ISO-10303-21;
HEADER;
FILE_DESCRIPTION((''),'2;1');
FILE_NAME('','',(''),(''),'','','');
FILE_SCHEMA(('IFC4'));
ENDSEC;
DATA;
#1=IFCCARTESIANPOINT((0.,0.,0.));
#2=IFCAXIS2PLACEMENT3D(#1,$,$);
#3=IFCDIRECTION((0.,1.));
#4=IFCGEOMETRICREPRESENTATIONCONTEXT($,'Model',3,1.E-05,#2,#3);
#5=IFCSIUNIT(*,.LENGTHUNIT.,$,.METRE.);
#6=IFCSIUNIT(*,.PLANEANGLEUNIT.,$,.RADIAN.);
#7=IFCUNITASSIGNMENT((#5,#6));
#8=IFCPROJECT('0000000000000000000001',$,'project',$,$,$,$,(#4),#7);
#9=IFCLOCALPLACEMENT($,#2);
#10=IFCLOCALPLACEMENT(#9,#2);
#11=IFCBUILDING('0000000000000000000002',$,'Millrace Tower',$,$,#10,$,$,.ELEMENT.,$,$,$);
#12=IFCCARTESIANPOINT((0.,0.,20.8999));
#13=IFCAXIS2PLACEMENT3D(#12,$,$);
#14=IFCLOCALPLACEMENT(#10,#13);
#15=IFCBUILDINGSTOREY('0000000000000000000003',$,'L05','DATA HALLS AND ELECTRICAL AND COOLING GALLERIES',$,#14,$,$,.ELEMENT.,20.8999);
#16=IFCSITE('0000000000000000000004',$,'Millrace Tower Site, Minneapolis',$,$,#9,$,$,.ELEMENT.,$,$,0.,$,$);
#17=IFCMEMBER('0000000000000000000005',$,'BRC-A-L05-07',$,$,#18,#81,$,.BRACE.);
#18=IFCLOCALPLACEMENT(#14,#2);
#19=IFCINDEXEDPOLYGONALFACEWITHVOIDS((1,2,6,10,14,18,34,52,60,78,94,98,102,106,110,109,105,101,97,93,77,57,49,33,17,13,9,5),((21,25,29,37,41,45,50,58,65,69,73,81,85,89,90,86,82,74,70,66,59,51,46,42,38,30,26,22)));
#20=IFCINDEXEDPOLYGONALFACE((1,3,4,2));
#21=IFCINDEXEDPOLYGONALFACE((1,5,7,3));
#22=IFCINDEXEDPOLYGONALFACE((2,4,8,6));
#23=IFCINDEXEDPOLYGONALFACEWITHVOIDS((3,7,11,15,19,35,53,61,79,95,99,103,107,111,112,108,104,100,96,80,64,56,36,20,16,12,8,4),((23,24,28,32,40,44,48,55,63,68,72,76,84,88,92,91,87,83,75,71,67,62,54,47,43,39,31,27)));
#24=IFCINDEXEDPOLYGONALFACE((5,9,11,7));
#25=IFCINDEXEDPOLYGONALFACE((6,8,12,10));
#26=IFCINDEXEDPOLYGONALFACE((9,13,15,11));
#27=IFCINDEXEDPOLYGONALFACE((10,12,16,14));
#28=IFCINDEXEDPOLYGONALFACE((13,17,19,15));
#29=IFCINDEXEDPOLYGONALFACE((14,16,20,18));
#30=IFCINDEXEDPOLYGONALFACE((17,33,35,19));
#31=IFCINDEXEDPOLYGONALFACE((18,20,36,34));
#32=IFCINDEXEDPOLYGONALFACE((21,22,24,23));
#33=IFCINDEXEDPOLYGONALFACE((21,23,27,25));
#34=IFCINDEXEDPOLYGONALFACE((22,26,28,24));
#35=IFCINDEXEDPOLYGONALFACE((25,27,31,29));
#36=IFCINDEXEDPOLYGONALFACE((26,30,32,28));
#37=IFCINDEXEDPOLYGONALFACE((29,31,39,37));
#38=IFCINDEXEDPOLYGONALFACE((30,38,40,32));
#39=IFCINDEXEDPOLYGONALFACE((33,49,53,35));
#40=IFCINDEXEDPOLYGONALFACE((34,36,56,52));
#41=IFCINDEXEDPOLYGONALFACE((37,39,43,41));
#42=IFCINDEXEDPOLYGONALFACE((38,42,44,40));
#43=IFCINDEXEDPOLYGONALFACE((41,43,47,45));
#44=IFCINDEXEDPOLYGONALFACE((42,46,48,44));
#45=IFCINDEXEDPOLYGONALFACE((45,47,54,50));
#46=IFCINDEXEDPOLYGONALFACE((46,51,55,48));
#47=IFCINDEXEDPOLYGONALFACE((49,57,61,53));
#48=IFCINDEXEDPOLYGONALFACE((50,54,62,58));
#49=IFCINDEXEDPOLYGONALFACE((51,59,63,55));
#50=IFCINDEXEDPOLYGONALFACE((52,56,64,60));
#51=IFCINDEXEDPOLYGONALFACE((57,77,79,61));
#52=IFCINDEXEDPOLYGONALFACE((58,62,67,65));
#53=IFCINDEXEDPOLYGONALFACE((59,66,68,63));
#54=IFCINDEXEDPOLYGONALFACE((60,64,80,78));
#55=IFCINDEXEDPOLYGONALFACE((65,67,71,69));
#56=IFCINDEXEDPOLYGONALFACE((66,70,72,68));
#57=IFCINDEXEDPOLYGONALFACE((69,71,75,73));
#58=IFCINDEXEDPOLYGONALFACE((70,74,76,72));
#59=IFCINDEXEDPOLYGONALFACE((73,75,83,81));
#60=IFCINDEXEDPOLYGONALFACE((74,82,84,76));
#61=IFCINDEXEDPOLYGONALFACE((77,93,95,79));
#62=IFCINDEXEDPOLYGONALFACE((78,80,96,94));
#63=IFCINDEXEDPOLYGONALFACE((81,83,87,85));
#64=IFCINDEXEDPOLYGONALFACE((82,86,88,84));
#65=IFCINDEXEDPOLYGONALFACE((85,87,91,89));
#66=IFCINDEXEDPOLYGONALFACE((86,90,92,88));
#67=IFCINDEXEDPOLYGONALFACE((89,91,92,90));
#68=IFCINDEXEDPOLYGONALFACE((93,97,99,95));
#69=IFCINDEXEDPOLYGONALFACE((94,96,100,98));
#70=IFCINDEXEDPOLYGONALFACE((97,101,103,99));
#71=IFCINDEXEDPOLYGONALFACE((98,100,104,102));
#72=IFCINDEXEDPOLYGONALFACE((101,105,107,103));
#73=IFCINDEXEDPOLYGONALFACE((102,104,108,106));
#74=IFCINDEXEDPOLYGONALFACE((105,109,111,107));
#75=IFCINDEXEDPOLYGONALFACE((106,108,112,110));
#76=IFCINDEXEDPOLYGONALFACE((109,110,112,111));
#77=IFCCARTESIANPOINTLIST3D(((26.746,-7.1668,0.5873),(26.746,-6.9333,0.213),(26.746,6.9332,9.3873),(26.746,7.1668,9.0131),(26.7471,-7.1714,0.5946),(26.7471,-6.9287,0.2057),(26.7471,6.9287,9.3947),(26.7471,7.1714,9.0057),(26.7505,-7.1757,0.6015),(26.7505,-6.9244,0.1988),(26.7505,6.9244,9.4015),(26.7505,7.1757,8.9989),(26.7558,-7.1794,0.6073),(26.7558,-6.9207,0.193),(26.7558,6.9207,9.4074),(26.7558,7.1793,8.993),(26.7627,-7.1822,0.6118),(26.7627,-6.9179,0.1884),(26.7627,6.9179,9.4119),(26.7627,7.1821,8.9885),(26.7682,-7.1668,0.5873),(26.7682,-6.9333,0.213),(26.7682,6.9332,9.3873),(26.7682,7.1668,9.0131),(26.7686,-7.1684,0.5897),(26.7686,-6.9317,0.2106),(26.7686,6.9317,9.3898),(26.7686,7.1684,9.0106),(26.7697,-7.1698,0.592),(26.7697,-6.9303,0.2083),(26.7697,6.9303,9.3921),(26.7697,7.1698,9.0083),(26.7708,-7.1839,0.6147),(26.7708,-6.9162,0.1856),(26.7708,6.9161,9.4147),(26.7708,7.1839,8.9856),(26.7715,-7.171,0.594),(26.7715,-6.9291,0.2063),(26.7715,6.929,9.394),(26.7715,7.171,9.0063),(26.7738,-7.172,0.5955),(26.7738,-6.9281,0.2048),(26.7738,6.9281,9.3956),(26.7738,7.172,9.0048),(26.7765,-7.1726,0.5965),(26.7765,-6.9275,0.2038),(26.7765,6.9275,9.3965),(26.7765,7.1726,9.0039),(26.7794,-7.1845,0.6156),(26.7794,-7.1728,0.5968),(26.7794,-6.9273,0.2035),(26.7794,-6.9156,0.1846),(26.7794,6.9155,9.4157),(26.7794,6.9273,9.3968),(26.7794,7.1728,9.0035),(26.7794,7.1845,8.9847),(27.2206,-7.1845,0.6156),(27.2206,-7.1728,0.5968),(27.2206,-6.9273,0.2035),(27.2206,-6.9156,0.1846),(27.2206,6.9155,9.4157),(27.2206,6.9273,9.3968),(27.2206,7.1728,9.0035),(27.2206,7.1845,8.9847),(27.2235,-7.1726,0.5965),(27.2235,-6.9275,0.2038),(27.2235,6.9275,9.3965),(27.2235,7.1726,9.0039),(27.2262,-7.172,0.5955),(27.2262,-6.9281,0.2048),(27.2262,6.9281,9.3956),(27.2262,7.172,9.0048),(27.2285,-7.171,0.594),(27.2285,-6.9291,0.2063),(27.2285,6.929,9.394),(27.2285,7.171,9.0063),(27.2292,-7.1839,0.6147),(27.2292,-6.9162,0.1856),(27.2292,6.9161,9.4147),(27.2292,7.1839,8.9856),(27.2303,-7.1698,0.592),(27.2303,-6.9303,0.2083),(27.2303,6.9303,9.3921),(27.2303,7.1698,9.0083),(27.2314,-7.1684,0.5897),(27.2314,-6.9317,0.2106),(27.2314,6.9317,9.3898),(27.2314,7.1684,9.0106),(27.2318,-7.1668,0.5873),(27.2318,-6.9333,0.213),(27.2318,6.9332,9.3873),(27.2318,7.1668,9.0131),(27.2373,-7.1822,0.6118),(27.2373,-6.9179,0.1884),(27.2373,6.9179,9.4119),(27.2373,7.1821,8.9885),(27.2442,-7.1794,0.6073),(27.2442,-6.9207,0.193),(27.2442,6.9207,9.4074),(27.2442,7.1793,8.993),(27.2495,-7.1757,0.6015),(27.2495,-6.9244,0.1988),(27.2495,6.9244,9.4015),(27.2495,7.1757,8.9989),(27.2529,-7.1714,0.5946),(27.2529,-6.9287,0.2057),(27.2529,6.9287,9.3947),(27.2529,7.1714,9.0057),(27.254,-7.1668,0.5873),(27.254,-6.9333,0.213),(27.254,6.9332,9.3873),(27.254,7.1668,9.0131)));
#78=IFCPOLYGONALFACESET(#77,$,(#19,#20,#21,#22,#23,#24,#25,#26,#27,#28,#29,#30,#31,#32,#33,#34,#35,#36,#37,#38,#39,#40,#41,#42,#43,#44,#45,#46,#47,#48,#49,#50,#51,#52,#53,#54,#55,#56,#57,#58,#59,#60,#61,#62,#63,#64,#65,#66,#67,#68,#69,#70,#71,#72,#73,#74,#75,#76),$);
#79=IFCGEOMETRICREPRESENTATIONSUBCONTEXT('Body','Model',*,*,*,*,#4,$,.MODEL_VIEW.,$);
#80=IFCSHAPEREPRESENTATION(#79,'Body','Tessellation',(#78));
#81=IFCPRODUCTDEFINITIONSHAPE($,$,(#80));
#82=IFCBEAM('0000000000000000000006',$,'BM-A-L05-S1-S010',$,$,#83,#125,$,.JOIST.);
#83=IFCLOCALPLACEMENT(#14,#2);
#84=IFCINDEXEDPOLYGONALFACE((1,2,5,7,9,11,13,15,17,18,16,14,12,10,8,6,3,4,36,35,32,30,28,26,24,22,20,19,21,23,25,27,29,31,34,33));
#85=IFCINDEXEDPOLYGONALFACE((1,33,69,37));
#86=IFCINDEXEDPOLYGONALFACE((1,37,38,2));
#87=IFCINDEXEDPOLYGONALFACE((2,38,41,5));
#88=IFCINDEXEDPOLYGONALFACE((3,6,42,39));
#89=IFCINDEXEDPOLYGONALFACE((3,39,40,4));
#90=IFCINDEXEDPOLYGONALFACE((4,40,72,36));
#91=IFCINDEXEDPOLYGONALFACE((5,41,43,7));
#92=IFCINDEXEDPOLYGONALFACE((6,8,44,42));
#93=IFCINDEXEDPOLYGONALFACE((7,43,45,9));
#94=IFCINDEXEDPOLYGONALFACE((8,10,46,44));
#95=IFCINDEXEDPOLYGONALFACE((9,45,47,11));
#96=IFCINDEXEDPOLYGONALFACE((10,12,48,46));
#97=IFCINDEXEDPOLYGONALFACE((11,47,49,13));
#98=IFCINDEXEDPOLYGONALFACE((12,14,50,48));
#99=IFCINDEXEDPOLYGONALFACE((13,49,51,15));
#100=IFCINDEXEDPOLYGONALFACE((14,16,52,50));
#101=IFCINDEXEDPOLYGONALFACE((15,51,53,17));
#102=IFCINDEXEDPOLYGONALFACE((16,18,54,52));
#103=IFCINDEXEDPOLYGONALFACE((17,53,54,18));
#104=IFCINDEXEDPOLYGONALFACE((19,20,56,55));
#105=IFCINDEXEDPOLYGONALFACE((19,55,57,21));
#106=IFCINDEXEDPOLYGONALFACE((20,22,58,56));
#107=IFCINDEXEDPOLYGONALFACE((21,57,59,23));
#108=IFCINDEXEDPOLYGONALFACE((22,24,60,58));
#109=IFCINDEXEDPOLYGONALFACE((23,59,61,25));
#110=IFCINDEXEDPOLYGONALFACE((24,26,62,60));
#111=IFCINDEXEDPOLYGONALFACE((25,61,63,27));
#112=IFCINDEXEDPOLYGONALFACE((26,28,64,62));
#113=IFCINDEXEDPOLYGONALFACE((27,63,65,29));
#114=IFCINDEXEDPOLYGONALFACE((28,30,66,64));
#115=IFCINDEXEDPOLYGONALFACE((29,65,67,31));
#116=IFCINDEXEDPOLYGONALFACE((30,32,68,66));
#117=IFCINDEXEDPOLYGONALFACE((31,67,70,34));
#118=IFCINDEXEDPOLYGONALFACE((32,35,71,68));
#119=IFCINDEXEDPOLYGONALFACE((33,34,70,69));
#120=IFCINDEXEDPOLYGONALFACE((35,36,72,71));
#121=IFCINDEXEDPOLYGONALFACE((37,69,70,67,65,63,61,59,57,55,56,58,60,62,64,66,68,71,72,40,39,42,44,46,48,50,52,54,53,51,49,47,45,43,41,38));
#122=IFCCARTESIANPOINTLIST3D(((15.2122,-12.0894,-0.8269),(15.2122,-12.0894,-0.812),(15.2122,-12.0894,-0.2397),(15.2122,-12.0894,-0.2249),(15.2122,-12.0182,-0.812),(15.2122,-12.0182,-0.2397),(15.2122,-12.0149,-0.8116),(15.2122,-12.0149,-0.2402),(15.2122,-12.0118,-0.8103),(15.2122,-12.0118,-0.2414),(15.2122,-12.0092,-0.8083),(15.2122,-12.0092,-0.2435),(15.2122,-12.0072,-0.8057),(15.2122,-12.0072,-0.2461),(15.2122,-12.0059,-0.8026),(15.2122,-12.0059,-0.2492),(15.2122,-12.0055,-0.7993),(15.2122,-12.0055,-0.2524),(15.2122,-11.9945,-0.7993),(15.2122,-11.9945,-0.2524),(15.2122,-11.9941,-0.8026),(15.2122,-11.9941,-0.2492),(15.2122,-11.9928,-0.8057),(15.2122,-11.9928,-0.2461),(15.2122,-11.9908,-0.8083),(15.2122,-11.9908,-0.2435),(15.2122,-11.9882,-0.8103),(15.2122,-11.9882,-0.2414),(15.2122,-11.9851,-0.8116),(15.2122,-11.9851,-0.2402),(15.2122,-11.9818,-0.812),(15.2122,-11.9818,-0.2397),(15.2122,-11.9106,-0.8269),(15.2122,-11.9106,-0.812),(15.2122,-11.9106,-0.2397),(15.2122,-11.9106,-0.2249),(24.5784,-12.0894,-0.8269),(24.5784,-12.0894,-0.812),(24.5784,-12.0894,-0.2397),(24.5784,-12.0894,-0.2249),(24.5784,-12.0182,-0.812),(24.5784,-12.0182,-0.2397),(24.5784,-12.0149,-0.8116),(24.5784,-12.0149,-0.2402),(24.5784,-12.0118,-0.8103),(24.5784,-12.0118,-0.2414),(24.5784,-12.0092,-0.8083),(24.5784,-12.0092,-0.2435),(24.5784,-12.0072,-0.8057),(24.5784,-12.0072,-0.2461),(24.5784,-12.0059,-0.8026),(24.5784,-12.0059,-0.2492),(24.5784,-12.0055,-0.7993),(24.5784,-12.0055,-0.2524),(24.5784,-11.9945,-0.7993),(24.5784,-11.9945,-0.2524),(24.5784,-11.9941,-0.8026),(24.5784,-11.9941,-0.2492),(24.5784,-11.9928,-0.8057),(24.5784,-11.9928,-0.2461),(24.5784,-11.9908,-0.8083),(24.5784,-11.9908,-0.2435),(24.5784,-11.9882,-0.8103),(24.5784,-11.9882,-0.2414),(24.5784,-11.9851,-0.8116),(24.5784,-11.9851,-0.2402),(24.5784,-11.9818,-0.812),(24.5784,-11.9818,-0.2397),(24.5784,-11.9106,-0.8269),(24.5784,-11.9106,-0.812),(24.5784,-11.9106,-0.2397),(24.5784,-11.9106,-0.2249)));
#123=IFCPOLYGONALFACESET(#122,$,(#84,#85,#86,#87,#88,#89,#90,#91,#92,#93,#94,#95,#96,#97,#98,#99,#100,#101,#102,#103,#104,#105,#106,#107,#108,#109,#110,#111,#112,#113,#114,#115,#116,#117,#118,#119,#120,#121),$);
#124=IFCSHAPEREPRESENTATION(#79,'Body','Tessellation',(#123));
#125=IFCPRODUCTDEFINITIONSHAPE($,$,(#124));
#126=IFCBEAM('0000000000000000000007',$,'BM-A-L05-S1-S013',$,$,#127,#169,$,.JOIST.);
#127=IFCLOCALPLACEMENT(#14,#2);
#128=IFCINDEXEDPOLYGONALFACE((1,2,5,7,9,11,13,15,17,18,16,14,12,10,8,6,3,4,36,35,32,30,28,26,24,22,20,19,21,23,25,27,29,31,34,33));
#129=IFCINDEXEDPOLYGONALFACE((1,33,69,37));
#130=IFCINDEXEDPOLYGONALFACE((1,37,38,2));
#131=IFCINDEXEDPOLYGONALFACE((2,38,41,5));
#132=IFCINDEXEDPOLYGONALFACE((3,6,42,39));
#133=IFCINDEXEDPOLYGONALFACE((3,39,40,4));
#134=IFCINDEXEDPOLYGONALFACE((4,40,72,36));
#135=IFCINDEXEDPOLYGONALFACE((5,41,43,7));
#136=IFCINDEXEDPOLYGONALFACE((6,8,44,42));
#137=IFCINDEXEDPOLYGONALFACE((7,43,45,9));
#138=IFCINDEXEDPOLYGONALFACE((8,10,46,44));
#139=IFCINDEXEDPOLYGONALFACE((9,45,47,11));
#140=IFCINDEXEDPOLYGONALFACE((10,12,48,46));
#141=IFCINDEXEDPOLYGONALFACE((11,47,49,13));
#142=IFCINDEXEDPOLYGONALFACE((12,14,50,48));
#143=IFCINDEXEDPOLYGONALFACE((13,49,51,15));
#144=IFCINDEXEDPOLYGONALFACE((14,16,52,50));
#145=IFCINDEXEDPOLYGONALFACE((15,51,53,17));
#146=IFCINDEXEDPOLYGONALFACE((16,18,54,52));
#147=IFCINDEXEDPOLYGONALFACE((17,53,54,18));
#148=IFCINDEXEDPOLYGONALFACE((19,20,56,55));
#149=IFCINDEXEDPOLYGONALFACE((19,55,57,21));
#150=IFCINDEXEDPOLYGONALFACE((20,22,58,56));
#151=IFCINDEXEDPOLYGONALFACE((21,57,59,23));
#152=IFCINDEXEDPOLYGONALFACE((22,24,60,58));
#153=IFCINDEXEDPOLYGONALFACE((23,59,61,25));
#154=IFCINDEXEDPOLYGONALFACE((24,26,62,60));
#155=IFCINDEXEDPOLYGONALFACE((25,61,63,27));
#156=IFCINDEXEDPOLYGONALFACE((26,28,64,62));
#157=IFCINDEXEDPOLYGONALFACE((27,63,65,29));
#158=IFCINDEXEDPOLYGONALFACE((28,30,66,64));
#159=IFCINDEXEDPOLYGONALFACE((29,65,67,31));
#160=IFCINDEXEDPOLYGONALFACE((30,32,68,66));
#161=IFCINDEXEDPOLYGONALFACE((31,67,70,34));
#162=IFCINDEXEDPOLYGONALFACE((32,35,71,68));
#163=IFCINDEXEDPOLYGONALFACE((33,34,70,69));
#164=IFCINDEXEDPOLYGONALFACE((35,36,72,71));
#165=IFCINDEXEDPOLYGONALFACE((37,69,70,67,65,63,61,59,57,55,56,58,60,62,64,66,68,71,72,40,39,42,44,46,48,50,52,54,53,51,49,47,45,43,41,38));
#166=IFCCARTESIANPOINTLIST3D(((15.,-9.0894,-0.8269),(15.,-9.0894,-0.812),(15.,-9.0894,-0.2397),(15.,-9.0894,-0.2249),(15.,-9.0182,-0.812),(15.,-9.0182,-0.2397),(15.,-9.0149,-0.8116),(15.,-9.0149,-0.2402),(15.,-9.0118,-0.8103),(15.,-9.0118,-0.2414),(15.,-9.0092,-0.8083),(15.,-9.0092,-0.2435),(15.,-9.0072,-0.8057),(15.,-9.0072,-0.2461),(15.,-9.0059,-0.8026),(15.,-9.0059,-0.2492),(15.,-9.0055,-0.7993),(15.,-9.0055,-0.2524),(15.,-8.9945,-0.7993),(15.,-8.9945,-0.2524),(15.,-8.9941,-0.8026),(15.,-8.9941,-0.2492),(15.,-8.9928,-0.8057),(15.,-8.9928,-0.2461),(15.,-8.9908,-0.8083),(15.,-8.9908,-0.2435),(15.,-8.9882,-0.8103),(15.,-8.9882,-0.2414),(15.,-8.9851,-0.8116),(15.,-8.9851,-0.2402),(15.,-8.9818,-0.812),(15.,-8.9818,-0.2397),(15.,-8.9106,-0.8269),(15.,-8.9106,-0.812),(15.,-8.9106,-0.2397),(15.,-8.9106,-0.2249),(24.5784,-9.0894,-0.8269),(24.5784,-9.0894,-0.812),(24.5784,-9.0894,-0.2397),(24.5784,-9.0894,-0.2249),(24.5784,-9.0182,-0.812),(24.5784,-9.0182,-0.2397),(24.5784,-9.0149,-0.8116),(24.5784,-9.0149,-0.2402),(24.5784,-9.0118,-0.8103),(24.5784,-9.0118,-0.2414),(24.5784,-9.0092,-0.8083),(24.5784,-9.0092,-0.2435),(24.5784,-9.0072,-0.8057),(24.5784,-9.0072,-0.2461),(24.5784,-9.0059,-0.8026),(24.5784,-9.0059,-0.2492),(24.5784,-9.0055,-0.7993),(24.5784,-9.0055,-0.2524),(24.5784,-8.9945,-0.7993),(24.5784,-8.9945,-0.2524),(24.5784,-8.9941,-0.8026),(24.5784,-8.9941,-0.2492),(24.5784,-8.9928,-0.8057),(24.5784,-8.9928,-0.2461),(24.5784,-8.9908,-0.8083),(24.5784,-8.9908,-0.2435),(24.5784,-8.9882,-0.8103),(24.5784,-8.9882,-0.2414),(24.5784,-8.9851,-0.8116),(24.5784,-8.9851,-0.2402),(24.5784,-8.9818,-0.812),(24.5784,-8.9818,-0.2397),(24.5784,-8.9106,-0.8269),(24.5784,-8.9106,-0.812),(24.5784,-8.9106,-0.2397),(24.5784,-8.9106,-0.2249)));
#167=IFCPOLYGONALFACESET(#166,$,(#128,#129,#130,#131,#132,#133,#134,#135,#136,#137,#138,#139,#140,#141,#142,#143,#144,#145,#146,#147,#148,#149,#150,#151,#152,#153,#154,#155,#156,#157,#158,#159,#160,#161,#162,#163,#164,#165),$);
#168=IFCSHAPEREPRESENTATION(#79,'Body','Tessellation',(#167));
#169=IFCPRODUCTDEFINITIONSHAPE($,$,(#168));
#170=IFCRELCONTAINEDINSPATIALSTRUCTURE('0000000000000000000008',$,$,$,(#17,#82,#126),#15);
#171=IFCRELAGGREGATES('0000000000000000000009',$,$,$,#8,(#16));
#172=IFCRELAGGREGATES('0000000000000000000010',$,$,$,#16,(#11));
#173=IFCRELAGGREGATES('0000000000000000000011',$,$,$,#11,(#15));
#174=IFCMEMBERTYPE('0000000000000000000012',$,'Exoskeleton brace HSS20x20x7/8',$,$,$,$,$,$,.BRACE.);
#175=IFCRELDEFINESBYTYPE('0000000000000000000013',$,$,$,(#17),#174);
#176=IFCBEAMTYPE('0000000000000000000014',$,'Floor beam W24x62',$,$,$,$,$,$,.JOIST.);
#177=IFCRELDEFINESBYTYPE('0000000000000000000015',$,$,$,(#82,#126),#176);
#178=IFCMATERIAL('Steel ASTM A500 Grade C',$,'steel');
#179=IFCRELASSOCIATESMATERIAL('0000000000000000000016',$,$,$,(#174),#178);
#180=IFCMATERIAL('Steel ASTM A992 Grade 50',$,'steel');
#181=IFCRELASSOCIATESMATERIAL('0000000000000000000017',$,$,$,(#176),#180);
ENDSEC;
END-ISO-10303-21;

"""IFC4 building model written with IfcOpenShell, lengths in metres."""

from ifc_helpers import new_model, si_unit, direction, frame, origin, origin_2d, place, context, subcontext, project, spatial, hollow_rectangle, i_section, extrude, material, material_profile, profile_set, type_object, element, save


model = new_model("IFC4")

# Units and contexts
model_context = context("Model", 3, precision=1e-05, world=origin(), true_north=direction((0.0, 1.0)))
body_context = subcontext(model_context, "Body", "Model", "MODEL_VIEW")
ifc_project = project(units=[si_unit("LENGTHUNIT", "METRE"), si_unit("PLANEANGLEUNIT", "RADIAN")], contexts=[model_context])

# Site, building, storey
site_placement = place(None, origin())
site = spatial("IfcSite", under=ifc_project, at=site_placement, Name="Millrace Tower Site, Minneapolis", CompositionType="ELEMENT", RefElevation=0.0)
building_placement = place(site_placement, origin())
building = spatial("IfcBuilding", under=site, at=building_placement, Name="Millrace Tower", CompositionType="ELEMENT")
storey_placement = place(building_placement, frame((0.0, 0.0, 20.8999)))
storey = spatial("IfcBuildingStorey", under=building, at=storey_placement, Name="L05", Description="DATA HALLS AND ELECTRICAL AND COOLING GALLERIES", CompositionType="ELEMENT", Elevation=20.8999)

# Member
ifc_material_1 = material(Name="Steel ASTM A500 Grade C", Category="steel")
ifc_material_profile_1 = material_profile(ifc_material_1, hollow_rectangle(XDim=0.5081, YDim=0.5081, WallThickness=0.0222, InnerFilletRadius=0.0112, OuterFilletRadius=0.0334, at=origin_2d()))
ifc_profile_set_1 = profile_set([ifc_material_profile_1], Name="Steel ASTM A500 Grade C")
member_type_1 = type_object("IfcMemberType", Name="Exoskeleton brace HSS20x20x7/8", PredefinedType="BRACE", material=ifc_profile_set_1)
member_1_placement = place(storey_placement, frame((27.0, -7.05, 0.4001), z_axis=(0.0, 0.848336, 0.529457), x_axis=(-1.0, 0.0, 0.0)))
element("IfcMember", 1, at=member_1_placement, inside=storey, type_object=member_type_1, Name="BRC-A-L05-07", PredefinedType="BRACE", context=body_context, shape_type="SweptSolid", body=[
    extrude(hollow_rectangle(XDim=0.5081, YDim=0.5081, WallThickness=0.0222, InnerFilletRadius=0.0112, OuterFilletRadius=0.0334, at=origin_2d()), origin(), (0.0, 0.0, 1.0), 16.6208),
])

# Beams
ifc_material_2 = material(Name="Steel ASTM A992 Grade 50", Category="steel")
ifc_material_profile_2 = material_profile(ifc_material_2, i_section(OverallWidth=0.1787, OverallDepth=0.6021, WebThickness=0.011, FlangeThickness=0.0149, FilletRadius=0.0127, at=origin_2d()))
ifc_profile_set_2 = profile_set([ifc_material_profile_2], Name="Steel ASTM A992 Grade 50")
beam_type_1 = type_object("IfcBeamType", Name="Floor beam W24x62", PredefinedType="JOIST", material=ifc_profile_set_2)
beam_1_placement = place(storey_placement, frame((15.2122, -12.0, -0.5259), z_axis=(1.0, 0.0, 0.0), x_axis=(0.0, 1.0, 0.0)))
element("IfcBeam", 2, at=beam_1_placement, inside=storey, type_object=beam_type_1, Name="BM-A-L05-S1-S010", PredefinedType="JOIST", context=body_context, shape_type="SweptSolid", body=[
    extrude(i_section(OverallWidth=0.1787, OverallDepth=0.6021, WebThickness=0.011, FlangeThickness=0.0149, FilletRadius=0.0127, at=origin_2d()), origin(), (0.0, 0.0, 1.0), 9.3662),
])
for number, where, z_axis, x_axis, name in (
    (3, (15.0, -9.0, -0.5259), (1.0, 0.0, 0.0), (0.0, 1.0, 0.0), "BM-A-L05-S1-S013"),
):
    element("IfcBeam", number, at=place(storey_placement, frame(where, z_axis=z_axis, x_axis=x_axis)), inside=storey, type_object=beam_type_1, Name=name, PredefinedType="JOIST", context=body_context, shape_type="SweptSolid", body=[
        extrude(i_section(OverallWidth=0.1787, OverallDepth=0.6021, WebThickness=0.011, FlangeThickness=0.0149, FilletRadius=0.0127, at=origin_2d()), origin(), (0.0, 0.0, 1.0), 9.5784),
    ])

save(model, "model.ifc")
